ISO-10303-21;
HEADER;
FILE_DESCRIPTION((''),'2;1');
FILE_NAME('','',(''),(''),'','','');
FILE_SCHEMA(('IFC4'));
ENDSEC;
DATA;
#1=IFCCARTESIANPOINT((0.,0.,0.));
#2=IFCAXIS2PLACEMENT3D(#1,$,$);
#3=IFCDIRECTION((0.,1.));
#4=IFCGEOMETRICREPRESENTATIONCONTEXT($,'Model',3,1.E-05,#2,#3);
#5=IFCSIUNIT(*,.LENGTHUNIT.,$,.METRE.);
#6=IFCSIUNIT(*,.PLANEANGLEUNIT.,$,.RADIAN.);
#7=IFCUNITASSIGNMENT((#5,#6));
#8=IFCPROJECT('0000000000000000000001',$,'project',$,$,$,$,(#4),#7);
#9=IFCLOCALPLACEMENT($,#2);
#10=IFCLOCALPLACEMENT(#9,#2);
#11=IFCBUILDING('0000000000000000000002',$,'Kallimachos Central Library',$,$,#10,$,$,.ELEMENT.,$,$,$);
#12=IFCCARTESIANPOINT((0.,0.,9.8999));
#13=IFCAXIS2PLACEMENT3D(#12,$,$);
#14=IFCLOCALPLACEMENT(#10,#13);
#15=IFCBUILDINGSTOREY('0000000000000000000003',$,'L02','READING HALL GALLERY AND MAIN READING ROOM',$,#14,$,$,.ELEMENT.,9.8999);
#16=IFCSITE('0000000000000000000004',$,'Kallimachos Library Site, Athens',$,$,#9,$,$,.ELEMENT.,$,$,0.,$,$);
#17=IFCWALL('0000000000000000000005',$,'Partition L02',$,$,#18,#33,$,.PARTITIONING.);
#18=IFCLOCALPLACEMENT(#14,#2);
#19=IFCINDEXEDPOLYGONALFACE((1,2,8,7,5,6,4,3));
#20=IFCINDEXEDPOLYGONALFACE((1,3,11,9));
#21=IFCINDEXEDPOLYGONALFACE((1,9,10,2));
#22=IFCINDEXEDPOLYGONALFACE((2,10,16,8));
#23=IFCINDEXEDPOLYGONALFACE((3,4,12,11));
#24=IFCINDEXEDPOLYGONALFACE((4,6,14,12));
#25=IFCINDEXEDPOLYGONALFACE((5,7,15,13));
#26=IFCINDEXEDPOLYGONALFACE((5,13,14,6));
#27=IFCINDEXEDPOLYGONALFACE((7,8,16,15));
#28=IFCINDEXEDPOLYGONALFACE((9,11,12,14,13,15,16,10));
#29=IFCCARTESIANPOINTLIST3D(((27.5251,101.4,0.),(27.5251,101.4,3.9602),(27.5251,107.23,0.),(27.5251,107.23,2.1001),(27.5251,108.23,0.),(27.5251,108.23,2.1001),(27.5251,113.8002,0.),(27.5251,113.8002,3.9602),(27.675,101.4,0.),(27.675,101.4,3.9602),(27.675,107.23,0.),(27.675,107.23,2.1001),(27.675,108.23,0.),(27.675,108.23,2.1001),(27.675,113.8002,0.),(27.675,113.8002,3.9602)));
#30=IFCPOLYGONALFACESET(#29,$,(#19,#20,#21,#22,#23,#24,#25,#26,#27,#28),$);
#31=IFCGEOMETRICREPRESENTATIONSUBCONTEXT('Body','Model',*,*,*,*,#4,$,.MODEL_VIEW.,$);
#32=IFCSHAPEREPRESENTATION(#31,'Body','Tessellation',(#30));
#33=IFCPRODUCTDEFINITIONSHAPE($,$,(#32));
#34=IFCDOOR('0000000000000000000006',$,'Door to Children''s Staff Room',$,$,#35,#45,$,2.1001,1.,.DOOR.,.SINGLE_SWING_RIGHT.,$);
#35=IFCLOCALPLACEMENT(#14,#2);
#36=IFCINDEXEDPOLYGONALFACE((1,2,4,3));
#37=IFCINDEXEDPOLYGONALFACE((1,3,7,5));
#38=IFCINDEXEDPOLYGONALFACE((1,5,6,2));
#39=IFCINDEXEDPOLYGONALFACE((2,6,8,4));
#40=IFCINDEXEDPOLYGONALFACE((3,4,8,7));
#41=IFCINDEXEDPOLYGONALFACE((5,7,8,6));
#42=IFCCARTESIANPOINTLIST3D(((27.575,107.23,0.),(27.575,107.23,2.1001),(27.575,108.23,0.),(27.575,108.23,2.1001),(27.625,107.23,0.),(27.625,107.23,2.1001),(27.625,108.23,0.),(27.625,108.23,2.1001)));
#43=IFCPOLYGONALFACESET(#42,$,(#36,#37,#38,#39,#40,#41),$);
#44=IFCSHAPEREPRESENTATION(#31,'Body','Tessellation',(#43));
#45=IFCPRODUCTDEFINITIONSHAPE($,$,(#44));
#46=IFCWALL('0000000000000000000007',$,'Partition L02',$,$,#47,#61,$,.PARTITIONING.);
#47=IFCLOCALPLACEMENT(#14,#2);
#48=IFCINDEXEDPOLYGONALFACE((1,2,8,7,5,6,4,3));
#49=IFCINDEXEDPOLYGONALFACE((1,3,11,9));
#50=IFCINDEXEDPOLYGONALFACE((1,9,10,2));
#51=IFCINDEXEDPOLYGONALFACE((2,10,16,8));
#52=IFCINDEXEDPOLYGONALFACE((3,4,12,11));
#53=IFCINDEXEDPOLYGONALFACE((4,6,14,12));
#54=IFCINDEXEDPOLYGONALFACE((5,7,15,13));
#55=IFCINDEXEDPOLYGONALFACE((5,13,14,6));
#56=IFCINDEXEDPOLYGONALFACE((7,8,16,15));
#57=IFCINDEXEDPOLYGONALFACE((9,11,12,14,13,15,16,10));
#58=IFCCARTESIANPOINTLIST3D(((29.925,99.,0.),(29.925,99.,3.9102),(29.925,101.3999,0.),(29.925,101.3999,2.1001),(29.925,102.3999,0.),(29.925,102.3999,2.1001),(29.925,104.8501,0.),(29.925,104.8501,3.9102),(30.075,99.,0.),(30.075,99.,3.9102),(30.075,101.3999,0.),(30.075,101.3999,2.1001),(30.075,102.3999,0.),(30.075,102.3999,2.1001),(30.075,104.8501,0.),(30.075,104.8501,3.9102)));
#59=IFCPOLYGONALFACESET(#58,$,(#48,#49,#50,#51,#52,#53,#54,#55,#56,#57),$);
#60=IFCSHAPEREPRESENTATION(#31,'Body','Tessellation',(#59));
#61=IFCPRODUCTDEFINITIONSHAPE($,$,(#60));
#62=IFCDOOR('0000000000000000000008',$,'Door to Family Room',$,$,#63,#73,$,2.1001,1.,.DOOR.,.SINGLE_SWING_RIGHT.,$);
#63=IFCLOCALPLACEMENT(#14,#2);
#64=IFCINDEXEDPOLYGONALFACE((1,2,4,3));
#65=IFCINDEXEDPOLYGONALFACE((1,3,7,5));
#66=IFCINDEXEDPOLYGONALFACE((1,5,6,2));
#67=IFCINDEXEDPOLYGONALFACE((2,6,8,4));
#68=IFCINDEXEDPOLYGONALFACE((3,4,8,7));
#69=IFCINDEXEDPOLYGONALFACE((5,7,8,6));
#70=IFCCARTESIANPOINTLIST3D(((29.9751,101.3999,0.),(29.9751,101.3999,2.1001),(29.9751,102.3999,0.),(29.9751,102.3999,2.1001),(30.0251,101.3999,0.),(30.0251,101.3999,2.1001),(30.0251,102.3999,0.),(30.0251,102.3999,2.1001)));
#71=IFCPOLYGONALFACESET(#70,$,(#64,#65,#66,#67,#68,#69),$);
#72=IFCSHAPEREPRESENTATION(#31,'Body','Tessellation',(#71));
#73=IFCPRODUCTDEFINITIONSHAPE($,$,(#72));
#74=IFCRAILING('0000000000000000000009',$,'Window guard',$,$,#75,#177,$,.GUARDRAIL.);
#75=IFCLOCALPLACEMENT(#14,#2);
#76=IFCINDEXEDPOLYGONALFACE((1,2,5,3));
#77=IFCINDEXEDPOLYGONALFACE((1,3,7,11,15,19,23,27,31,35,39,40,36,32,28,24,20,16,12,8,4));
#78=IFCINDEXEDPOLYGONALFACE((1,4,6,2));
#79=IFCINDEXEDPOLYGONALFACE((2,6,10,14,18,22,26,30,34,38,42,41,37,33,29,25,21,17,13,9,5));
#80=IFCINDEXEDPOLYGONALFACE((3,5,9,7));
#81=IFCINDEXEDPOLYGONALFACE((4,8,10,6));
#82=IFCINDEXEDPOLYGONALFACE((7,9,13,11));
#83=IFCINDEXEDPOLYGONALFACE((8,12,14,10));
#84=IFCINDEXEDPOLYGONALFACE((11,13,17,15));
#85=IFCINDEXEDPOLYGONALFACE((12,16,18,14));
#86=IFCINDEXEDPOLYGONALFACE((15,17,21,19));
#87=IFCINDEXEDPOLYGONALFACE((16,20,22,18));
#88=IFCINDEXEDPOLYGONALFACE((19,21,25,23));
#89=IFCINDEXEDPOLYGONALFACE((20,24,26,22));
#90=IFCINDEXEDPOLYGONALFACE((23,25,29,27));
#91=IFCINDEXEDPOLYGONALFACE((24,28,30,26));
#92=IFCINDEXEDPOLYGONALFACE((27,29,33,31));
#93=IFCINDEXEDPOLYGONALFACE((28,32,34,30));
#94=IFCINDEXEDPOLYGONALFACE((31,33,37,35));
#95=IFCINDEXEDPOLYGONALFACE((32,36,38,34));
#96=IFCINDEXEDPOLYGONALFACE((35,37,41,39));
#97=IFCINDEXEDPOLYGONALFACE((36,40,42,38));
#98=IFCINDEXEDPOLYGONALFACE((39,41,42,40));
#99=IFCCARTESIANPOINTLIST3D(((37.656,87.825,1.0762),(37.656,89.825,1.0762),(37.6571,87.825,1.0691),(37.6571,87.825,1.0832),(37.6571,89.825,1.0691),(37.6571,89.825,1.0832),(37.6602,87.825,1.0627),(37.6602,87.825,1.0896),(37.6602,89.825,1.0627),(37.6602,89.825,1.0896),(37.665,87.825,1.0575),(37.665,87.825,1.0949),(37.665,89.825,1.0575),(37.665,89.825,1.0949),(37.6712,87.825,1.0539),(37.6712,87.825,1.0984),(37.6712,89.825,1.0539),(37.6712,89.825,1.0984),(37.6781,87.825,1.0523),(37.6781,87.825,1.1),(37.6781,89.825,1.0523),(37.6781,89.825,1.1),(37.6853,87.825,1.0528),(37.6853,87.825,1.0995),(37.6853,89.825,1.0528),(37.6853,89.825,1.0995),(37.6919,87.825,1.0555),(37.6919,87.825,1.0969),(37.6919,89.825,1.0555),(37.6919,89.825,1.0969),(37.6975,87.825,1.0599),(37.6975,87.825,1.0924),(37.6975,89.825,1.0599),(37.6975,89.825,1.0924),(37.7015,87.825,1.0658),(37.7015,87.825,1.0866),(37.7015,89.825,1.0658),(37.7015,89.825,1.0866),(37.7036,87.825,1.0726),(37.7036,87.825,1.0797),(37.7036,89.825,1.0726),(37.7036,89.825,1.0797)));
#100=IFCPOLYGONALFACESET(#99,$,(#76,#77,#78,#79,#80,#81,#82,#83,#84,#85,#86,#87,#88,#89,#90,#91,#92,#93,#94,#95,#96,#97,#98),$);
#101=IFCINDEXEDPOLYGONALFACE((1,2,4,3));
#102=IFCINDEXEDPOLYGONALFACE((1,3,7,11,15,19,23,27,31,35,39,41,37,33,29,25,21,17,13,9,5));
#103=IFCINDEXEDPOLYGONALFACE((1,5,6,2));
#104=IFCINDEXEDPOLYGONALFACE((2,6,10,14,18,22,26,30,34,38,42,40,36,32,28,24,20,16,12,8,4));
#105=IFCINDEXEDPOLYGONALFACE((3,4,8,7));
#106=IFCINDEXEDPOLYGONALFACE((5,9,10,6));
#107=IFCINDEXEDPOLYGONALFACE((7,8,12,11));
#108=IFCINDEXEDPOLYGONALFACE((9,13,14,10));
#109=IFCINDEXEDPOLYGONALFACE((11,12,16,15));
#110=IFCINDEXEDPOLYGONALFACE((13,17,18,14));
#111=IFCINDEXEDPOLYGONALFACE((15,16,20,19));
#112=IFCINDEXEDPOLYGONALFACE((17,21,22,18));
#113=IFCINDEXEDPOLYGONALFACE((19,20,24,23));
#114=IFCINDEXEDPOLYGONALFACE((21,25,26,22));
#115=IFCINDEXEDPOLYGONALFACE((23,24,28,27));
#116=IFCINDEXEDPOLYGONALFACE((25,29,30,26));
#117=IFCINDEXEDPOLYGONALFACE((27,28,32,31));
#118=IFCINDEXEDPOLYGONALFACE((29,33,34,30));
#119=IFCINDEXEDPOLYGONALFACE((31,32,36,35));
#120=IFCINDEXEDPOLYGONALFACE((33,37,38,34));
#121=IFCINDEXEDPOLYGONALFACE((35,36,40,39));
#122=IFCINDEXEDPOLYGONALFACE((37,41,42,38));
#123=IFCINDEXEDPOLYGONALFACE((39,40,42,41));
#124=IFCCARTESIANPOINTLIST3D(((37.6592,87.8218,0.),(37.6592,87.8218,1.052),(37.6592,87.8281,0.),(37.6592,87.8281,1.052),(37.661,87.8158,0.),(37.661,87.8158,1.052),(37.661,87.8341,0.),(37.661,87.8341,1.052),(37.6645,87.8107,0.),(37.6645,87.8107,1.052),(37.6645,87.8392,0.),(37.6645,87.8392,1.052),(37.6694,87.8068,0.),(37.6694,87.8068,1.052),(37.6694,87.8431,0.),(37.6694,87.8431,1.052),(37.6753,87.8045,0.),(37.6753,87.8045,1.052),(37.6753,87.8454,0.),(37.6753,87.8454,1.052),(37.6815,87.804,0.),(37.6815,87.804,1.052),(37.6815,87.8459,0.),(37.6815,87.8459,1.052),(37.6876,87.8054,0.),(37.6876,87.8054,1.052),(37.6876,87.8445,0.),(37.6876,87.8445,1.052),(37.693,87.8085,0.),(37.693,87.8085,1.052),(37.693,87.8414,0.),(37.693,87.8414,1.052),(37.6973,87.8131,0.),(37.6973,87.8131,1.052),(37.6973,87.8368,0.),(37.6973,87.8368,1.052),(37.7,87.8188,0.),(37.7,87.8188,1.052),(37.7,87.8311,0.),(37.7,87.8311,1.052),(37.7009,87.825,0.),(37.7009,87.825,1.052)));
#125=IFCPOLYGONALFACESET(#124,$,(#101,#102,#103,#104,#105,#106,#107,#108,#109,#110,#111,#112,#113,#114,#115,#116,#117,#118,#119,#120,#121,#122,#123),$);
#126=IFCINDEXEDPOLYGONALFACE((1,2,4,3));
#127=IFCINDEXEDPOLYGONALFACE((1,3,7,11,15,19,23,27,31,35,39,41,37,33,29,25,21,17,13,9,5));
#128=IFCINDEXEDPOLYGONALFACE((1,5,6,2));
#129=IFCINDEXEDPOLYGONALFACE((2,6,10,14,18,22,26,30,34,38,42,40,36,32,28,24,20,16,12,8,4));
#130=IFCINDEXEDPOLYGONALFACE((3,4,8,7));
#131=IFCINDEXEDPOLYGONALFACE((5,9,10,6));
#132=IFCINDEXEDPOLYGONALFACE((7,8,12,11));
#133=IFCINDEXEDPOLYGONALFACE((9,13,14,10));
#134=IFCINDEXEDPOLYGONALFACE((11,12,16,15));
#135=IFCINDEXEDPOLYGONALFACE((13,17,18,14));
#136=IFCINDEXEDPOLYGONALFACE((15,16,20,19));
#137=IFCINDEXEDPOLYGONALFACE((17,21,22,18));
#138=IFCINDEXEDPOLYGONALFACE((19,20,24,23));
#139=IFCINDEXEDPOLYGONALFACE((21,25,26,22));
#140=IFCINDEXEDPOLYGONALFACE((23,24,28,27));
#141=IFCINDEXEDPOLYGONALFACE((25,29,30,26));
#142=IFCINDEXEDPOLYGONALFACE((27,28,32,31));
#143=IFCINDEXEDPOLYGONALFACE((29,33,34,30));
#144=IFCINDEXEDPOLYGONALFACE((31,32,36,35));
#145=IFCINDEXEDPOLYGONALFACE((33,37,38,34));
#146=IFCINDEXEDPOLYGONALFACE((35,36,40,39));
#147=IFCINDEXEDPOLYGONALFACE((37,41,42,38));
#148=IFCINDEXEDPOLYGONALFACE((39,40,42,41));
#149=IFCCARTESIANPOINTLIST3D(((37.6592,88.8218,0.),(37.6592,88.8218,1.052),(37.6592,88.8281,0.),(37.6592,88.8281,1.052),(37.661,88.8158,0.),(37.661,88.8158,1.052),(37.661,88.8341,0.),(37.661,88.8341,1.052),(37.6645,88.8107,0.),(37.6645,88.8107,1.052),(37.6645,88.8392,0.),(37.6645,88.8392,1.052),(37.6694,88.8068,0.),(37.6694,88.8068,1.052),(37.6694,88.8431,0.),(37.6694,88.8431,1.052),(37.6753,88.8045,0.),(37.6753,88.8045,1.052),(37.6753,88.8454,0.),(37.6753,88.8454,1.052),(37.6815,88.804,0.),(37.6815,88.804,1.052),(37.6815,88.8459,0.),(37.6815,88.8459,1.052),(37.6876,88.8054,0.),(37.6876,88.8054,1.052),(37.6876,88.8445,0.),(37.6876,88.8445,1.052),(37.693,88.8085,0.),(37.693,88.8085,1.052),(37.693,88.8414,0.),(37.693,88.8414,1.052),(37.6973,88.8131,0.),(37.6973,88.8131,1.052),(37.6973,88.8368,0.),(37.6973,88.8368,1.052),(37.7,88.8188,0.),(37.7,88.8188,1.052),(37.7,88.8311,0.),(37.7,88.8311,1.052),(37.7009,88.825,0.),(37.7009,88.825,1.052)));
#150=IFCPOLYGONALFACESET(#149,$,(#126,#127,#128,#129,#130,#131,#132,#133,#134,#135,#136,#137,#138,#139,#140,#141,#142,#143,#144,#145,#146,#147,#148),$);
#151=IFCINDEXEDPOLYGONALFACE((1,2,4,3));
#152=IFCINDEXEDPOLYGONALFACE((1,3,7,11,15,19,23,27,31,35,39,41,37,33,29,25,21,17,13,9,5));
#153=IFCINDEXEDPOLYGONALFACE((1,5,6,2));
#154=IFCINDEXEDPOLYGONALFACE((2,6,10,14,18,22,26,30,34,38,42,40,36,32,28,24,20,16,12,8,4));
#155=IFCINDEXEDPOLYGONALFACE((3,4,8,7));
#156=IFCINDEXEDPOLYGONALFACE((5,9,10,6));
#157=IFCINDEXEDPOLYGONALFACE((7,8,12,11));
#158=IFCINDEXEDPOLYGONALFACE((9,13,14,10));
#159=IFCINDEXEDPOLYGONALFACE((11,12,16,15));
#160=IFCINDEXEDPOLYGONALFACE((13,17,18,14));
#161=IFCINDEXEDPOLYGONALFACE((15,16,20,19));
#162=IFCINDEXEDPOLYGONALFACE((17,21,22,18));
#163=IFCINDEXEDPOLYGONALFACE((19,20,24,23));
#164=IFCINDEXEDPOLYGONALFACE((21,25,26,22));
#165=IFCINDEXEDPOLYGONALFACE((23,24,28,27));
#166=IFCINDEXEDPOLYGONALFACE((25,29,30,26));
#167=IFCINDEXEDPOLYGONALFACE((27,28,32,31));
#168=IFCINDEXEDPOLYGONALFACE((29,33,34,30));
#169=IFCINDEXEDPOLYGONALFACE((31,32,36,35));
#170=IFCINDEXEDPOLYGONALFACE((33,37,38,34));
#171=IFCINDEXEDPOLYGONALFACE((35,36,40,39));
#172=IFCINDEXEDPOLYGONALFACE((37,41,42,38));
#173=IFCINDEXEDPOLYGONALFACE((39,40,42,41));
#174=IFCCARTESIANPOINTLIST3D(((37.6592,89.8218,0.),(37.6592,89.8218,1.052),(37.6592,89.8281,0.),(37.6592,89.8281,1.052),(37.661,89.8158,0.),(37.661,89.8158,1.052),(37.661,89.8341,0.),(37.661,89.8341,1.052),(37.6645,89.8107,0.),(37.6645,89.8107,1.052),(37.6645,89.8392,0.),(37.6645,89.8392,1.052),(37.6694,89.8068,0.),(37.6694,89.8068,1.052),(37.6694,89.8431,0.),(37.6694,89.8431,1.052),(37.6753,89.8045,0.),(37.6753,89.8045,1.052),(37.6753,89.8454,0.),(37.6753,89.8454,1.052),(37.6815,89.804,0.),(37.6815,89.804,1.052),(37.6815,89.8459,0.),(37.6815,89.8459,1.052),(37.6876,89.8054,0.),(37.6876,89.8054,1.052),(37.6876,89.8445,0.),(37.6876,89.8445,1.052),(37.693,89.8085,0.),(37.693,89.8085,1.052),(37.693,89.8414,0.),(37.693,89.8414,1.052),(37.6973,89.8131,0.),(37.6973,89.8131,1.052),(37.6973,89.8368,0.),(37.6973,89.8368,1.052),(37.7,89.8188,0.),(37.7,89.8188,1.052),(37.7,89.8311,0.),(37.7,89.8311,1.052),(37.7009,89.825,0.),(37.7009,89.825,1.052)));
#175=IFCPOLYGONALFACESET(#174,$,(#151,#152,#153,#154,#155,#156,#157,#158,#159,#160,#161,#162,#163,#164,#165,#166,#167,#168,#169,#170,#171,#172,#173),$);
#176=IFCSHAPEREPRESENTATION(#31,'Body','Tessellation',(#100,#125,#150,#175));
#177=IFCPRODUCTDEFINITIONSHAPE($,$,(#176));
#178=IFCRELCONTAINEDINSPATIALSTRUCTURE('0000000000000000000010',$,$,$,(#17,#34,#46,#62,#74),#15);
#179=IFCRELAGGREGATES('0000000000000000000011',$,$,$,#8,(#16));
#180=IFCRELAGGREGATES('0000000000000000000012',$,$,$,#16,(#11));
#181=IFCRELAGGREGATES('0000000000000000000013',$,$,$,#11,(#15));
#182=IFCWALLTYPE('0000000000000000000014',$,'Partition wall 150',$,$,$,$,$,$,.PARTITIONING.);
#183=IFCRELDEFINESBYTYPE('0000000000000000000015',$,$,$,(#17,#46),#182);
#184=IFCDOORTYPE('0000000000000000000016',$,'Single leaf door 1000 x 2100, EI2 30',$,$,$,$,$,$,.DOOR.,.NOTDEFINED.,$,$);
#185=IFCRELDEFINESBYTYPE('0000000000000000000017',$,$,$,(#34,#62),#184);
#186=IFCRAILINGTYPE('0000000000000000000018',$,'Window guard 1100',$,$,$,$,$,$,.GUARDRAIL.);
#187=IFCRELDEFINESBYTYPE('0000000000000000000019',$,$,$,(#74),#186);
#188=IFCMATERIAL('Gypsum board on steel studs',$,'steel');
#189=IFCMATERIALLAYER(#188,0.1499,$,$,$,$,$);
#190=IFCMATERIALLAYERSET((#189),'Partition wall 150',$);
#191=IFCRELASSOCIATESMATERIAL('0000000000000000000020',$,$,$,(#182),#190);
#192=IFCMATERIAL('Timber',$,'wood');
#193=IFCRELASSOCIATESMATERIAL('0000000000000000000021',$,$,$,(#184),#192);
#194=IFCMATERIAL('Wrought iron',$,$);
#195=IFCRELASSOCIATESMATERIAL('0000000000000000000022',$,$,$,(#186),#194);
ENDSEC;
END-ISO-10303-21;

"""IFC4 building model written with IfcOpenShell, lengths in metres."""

from ifc_helpers import new_model, si_unit, direction, frame, frame_2d, origin, origin_2d, place, context, subcontext, project, spatial, rectangle, circle, extrude, material, layer, layer_set, type_object, element, fill, save


model = new_model("IFC4")

# Units and contexts
model_context = context("Model", 3, precision=1e-05, world=origin(), true_north=direction((0.0, 1.0)))
body_context = subcontext(model_context, "Body", "Model", "MODEL_VIEW")
ifc_project = project(units=[si_unit("LENGTHUNIT", "METRE"), si_unit("PLANEANGLEUNIT", "RADIAN")], contexts=[model_context])

# Site, building, storey
site_placement = place(None, origin())
site = spatial("IfcSite", under=ifc_project, at=site_placement, Name="Kallimachos Library Site, Athens", CompositionType="ELEMENT", RefElevation=0.0)
building_placement = place(site_placement, origin())
building = spatial("IfcBuilding", under=site, at=building_placement, Name="Kallimachos Central Library", CompositionType="ELEMENT")
storey_placement = place(building_placement, frame((0.0, 0.0, 9.8999)))
storey = spatial("IfcBuildingStorey", under=building, at=storey_placement, Name="L02", Description="READING HALL GALLERY AND MAIN READING ROOM", CompositionType="ELEMENT", Elevation=9.8999)

# Walls, openings, doors
ifc_material_1 = material(Name="Gypsum board on steel studs", Category="steel")
ifc_layer = layer(ifc_material_1, 0.1499)
ifc_layer_set = layer_set([ifc_layer], Name="Partition wall 150")
wall_type = type_object("IfcWallType", Name="Partition wall 150", PredefinedType="PARTITIONING", material=ifc_layer_set)
wall_1_placement = place(storey_placement, frame((27.6001, 101.3999, 0.0), z_axis=(0.0, 0.0, 1.0), x_axis=(0.0, 1.0, 0.0)))
wall_1 = element("IfcWall", 1, at=wall_1_placement, inside=storey, type_object=wall_type, Name="Partition L02", PredefinedType="PARTITIONING", context=body_context, shape_type="SweptSolid", body=[
    extrude(rectangle(XDim=12.4001, YDim=0.1499, at=frame_2d((6.2002, 0.0))), origin(), (0.0, 0.0, 1.0), 3.9602),
])
opening_1_placement = place(wall_1_placement, frame((5.8301, 0.0, 0.0)))
opening_1 = element("IfcOpeningElement", 2, at=opening_1_placement, cuts=wall_1, PredefinedType="OPENING", context=body_context, shape_type="SweptSolid", body=[
    extrude(rectangle(XDim=1.0, YDim=2.1001, at=frame_2d((0.5, 1.05))), frame((0.0, 0.085, 0.0), z_axis=(0.0, -1.0, 0.0), x_axis=(1.0, 0.0, 0.0)), (0.0, 0.0, 1.0), 0.1699),
])
ifc_material_2 = material(Name="Timber", Category="wood")
door_type = type_object("IfcDoorType", Name="Single leaf door 1000 x 2100, EI2 30", OperationType="NOTDEFINED", PredefinedType="DOOR", material=ifc_material_2)
door_1_placement = place(opening_1_placement, frame((1.0, 0.0, 0.0), z_axis=(0.0, 0.0, 1.0), x_axis=(-1.0, 0.0, 0.0)))
door_1 = element("IfcDoor", 3, at=door_1_placement, inside=storey, type_object=door_type, Name="Door to Children's Staff Room", OperationType="SINGLE_SWING_RIGHT", OverallHeight=2.1001, OverallWidth=1.0, PredefinedType="DOOR", context=body_context, shape_type="SweptSolid", body=[
    extrude(rectangle(XDim=1.0, YDim=2.1001, at=frame_2d((0.5, 1.05))), frame((0.0, 0.0249, 0.0), z_axis=(0.0, -1.0, 0.0), x_axis=(1.0, 0.0, 0.0)), (0.0, 0.0, 1.0), 0.05),
])
fill(opening_1, door_1)
wall_2_placement = place(storey_placement, frame((30.0, 99.0, 0.0), z_axis=(0.0, 0.0, 1.0), x_axis=(0.0, 1.0, 0.0)))
wall_2 = element("IfcWall", 4, at=wall_2_placement, inside=storey, type_object=wall_type, Name="Partition L02", PredefinedType="PARTITIONING", context=body_context, shape_type="SweptSolid", body=[
    extrude(rectangle(XDim=5.8501, YDim=0.1499, at=frame_2d((2.925, 0.0))), origin(), (0.0, 0.0, 1.0), 3.9102),
])
opening_2_placement = place(wall_2_placement, frame((2.3999, 0.0, 0.0)))
opening_2 = element("IfcOpeningElement", 5, at=opening_2_placement, cuts=wall_2, PredefinedType="OPENING", context=body_context, shape_type="SweptSolid", body=[
    extrude(rectangle(XDim=1.0, YDim=2.1001, at=frame_2d((0.5, 1.05))), frame((0.0, 0.085, 0.0), z_axis=(0.0, -1.0, 0.0), x_axis=(1.0, 0.0, 0.0)), (0.0, 0.0, 1.0), 0.1699),
])
door_2_placement = place(opening_2_placement, origin())
door_2 = element("IfcDoor", 6, at=door_2_placement, inside=storey, type_object=door_type, Name="Door to Family Room", OperationType="SINGLE_SWING_RIGHT", OverallHeight=2.1001, OverallWidth=1.0, PredefinedType="DOOR", context=body_context, shape_type="SweptSolid", body=[
    extrude(rectangle(XDim=1.0, YDim=2.1001, at=frame_2d((0.5, 1.05))), frame((0.0, 0.0249, 0.0), z_axis=(0.0, -1.0, 0.0), x_axis=(1.0, 0.0, 0.0)), (0.0, 0.0, 1.0), 0.05),
])
fill(opening_2, door_2)

# Railing
ifc_material_3 = material(Name="Wrought iron")
railing_type = type_object("IfcRailingType", Name="Window guard 1100", PredefinedType="GUARDRAIL", material=ifc_material_3)
for number, where, name in (
    (7, (37.6799, 87.825, 0.0), "Window guard"),
):
    element("IfcRailing", number, at=place(storey_placement, frame(where)), inside=storey, type_object=railing_type, Name=name, PredefinedType="GUARDRAIL", context=body_context, shape_type="SweptSolid", body=[
        extrude(circle(Radius=0.0239, at=origin_2d()), frame((0.0, 0.0, 1.0762), z_axis=(0.0, 1.0, 0.0), x_axis=(-1.0, 0.0, 0.0)), (0.0, 0.0, 1.0), 2.0),
        extrude(circle(Radius=0.021, at=origin_2d()), origin(), (0.0, 0.0, 1.0), 1.052),
        extrude(circle(Radius=0.021, at=origin_2d()), frame((0.0, 1.0, 0.0)), (0.0, 0.0, 1.0), 1.052),
        extrude(circle(Radius=0.021, at=origin_2d()), frame((0.0, 2.0, 0.0)), (0.0, 0.0, 1.0), 1.052),
    ])

save(model, "model.ifc")
